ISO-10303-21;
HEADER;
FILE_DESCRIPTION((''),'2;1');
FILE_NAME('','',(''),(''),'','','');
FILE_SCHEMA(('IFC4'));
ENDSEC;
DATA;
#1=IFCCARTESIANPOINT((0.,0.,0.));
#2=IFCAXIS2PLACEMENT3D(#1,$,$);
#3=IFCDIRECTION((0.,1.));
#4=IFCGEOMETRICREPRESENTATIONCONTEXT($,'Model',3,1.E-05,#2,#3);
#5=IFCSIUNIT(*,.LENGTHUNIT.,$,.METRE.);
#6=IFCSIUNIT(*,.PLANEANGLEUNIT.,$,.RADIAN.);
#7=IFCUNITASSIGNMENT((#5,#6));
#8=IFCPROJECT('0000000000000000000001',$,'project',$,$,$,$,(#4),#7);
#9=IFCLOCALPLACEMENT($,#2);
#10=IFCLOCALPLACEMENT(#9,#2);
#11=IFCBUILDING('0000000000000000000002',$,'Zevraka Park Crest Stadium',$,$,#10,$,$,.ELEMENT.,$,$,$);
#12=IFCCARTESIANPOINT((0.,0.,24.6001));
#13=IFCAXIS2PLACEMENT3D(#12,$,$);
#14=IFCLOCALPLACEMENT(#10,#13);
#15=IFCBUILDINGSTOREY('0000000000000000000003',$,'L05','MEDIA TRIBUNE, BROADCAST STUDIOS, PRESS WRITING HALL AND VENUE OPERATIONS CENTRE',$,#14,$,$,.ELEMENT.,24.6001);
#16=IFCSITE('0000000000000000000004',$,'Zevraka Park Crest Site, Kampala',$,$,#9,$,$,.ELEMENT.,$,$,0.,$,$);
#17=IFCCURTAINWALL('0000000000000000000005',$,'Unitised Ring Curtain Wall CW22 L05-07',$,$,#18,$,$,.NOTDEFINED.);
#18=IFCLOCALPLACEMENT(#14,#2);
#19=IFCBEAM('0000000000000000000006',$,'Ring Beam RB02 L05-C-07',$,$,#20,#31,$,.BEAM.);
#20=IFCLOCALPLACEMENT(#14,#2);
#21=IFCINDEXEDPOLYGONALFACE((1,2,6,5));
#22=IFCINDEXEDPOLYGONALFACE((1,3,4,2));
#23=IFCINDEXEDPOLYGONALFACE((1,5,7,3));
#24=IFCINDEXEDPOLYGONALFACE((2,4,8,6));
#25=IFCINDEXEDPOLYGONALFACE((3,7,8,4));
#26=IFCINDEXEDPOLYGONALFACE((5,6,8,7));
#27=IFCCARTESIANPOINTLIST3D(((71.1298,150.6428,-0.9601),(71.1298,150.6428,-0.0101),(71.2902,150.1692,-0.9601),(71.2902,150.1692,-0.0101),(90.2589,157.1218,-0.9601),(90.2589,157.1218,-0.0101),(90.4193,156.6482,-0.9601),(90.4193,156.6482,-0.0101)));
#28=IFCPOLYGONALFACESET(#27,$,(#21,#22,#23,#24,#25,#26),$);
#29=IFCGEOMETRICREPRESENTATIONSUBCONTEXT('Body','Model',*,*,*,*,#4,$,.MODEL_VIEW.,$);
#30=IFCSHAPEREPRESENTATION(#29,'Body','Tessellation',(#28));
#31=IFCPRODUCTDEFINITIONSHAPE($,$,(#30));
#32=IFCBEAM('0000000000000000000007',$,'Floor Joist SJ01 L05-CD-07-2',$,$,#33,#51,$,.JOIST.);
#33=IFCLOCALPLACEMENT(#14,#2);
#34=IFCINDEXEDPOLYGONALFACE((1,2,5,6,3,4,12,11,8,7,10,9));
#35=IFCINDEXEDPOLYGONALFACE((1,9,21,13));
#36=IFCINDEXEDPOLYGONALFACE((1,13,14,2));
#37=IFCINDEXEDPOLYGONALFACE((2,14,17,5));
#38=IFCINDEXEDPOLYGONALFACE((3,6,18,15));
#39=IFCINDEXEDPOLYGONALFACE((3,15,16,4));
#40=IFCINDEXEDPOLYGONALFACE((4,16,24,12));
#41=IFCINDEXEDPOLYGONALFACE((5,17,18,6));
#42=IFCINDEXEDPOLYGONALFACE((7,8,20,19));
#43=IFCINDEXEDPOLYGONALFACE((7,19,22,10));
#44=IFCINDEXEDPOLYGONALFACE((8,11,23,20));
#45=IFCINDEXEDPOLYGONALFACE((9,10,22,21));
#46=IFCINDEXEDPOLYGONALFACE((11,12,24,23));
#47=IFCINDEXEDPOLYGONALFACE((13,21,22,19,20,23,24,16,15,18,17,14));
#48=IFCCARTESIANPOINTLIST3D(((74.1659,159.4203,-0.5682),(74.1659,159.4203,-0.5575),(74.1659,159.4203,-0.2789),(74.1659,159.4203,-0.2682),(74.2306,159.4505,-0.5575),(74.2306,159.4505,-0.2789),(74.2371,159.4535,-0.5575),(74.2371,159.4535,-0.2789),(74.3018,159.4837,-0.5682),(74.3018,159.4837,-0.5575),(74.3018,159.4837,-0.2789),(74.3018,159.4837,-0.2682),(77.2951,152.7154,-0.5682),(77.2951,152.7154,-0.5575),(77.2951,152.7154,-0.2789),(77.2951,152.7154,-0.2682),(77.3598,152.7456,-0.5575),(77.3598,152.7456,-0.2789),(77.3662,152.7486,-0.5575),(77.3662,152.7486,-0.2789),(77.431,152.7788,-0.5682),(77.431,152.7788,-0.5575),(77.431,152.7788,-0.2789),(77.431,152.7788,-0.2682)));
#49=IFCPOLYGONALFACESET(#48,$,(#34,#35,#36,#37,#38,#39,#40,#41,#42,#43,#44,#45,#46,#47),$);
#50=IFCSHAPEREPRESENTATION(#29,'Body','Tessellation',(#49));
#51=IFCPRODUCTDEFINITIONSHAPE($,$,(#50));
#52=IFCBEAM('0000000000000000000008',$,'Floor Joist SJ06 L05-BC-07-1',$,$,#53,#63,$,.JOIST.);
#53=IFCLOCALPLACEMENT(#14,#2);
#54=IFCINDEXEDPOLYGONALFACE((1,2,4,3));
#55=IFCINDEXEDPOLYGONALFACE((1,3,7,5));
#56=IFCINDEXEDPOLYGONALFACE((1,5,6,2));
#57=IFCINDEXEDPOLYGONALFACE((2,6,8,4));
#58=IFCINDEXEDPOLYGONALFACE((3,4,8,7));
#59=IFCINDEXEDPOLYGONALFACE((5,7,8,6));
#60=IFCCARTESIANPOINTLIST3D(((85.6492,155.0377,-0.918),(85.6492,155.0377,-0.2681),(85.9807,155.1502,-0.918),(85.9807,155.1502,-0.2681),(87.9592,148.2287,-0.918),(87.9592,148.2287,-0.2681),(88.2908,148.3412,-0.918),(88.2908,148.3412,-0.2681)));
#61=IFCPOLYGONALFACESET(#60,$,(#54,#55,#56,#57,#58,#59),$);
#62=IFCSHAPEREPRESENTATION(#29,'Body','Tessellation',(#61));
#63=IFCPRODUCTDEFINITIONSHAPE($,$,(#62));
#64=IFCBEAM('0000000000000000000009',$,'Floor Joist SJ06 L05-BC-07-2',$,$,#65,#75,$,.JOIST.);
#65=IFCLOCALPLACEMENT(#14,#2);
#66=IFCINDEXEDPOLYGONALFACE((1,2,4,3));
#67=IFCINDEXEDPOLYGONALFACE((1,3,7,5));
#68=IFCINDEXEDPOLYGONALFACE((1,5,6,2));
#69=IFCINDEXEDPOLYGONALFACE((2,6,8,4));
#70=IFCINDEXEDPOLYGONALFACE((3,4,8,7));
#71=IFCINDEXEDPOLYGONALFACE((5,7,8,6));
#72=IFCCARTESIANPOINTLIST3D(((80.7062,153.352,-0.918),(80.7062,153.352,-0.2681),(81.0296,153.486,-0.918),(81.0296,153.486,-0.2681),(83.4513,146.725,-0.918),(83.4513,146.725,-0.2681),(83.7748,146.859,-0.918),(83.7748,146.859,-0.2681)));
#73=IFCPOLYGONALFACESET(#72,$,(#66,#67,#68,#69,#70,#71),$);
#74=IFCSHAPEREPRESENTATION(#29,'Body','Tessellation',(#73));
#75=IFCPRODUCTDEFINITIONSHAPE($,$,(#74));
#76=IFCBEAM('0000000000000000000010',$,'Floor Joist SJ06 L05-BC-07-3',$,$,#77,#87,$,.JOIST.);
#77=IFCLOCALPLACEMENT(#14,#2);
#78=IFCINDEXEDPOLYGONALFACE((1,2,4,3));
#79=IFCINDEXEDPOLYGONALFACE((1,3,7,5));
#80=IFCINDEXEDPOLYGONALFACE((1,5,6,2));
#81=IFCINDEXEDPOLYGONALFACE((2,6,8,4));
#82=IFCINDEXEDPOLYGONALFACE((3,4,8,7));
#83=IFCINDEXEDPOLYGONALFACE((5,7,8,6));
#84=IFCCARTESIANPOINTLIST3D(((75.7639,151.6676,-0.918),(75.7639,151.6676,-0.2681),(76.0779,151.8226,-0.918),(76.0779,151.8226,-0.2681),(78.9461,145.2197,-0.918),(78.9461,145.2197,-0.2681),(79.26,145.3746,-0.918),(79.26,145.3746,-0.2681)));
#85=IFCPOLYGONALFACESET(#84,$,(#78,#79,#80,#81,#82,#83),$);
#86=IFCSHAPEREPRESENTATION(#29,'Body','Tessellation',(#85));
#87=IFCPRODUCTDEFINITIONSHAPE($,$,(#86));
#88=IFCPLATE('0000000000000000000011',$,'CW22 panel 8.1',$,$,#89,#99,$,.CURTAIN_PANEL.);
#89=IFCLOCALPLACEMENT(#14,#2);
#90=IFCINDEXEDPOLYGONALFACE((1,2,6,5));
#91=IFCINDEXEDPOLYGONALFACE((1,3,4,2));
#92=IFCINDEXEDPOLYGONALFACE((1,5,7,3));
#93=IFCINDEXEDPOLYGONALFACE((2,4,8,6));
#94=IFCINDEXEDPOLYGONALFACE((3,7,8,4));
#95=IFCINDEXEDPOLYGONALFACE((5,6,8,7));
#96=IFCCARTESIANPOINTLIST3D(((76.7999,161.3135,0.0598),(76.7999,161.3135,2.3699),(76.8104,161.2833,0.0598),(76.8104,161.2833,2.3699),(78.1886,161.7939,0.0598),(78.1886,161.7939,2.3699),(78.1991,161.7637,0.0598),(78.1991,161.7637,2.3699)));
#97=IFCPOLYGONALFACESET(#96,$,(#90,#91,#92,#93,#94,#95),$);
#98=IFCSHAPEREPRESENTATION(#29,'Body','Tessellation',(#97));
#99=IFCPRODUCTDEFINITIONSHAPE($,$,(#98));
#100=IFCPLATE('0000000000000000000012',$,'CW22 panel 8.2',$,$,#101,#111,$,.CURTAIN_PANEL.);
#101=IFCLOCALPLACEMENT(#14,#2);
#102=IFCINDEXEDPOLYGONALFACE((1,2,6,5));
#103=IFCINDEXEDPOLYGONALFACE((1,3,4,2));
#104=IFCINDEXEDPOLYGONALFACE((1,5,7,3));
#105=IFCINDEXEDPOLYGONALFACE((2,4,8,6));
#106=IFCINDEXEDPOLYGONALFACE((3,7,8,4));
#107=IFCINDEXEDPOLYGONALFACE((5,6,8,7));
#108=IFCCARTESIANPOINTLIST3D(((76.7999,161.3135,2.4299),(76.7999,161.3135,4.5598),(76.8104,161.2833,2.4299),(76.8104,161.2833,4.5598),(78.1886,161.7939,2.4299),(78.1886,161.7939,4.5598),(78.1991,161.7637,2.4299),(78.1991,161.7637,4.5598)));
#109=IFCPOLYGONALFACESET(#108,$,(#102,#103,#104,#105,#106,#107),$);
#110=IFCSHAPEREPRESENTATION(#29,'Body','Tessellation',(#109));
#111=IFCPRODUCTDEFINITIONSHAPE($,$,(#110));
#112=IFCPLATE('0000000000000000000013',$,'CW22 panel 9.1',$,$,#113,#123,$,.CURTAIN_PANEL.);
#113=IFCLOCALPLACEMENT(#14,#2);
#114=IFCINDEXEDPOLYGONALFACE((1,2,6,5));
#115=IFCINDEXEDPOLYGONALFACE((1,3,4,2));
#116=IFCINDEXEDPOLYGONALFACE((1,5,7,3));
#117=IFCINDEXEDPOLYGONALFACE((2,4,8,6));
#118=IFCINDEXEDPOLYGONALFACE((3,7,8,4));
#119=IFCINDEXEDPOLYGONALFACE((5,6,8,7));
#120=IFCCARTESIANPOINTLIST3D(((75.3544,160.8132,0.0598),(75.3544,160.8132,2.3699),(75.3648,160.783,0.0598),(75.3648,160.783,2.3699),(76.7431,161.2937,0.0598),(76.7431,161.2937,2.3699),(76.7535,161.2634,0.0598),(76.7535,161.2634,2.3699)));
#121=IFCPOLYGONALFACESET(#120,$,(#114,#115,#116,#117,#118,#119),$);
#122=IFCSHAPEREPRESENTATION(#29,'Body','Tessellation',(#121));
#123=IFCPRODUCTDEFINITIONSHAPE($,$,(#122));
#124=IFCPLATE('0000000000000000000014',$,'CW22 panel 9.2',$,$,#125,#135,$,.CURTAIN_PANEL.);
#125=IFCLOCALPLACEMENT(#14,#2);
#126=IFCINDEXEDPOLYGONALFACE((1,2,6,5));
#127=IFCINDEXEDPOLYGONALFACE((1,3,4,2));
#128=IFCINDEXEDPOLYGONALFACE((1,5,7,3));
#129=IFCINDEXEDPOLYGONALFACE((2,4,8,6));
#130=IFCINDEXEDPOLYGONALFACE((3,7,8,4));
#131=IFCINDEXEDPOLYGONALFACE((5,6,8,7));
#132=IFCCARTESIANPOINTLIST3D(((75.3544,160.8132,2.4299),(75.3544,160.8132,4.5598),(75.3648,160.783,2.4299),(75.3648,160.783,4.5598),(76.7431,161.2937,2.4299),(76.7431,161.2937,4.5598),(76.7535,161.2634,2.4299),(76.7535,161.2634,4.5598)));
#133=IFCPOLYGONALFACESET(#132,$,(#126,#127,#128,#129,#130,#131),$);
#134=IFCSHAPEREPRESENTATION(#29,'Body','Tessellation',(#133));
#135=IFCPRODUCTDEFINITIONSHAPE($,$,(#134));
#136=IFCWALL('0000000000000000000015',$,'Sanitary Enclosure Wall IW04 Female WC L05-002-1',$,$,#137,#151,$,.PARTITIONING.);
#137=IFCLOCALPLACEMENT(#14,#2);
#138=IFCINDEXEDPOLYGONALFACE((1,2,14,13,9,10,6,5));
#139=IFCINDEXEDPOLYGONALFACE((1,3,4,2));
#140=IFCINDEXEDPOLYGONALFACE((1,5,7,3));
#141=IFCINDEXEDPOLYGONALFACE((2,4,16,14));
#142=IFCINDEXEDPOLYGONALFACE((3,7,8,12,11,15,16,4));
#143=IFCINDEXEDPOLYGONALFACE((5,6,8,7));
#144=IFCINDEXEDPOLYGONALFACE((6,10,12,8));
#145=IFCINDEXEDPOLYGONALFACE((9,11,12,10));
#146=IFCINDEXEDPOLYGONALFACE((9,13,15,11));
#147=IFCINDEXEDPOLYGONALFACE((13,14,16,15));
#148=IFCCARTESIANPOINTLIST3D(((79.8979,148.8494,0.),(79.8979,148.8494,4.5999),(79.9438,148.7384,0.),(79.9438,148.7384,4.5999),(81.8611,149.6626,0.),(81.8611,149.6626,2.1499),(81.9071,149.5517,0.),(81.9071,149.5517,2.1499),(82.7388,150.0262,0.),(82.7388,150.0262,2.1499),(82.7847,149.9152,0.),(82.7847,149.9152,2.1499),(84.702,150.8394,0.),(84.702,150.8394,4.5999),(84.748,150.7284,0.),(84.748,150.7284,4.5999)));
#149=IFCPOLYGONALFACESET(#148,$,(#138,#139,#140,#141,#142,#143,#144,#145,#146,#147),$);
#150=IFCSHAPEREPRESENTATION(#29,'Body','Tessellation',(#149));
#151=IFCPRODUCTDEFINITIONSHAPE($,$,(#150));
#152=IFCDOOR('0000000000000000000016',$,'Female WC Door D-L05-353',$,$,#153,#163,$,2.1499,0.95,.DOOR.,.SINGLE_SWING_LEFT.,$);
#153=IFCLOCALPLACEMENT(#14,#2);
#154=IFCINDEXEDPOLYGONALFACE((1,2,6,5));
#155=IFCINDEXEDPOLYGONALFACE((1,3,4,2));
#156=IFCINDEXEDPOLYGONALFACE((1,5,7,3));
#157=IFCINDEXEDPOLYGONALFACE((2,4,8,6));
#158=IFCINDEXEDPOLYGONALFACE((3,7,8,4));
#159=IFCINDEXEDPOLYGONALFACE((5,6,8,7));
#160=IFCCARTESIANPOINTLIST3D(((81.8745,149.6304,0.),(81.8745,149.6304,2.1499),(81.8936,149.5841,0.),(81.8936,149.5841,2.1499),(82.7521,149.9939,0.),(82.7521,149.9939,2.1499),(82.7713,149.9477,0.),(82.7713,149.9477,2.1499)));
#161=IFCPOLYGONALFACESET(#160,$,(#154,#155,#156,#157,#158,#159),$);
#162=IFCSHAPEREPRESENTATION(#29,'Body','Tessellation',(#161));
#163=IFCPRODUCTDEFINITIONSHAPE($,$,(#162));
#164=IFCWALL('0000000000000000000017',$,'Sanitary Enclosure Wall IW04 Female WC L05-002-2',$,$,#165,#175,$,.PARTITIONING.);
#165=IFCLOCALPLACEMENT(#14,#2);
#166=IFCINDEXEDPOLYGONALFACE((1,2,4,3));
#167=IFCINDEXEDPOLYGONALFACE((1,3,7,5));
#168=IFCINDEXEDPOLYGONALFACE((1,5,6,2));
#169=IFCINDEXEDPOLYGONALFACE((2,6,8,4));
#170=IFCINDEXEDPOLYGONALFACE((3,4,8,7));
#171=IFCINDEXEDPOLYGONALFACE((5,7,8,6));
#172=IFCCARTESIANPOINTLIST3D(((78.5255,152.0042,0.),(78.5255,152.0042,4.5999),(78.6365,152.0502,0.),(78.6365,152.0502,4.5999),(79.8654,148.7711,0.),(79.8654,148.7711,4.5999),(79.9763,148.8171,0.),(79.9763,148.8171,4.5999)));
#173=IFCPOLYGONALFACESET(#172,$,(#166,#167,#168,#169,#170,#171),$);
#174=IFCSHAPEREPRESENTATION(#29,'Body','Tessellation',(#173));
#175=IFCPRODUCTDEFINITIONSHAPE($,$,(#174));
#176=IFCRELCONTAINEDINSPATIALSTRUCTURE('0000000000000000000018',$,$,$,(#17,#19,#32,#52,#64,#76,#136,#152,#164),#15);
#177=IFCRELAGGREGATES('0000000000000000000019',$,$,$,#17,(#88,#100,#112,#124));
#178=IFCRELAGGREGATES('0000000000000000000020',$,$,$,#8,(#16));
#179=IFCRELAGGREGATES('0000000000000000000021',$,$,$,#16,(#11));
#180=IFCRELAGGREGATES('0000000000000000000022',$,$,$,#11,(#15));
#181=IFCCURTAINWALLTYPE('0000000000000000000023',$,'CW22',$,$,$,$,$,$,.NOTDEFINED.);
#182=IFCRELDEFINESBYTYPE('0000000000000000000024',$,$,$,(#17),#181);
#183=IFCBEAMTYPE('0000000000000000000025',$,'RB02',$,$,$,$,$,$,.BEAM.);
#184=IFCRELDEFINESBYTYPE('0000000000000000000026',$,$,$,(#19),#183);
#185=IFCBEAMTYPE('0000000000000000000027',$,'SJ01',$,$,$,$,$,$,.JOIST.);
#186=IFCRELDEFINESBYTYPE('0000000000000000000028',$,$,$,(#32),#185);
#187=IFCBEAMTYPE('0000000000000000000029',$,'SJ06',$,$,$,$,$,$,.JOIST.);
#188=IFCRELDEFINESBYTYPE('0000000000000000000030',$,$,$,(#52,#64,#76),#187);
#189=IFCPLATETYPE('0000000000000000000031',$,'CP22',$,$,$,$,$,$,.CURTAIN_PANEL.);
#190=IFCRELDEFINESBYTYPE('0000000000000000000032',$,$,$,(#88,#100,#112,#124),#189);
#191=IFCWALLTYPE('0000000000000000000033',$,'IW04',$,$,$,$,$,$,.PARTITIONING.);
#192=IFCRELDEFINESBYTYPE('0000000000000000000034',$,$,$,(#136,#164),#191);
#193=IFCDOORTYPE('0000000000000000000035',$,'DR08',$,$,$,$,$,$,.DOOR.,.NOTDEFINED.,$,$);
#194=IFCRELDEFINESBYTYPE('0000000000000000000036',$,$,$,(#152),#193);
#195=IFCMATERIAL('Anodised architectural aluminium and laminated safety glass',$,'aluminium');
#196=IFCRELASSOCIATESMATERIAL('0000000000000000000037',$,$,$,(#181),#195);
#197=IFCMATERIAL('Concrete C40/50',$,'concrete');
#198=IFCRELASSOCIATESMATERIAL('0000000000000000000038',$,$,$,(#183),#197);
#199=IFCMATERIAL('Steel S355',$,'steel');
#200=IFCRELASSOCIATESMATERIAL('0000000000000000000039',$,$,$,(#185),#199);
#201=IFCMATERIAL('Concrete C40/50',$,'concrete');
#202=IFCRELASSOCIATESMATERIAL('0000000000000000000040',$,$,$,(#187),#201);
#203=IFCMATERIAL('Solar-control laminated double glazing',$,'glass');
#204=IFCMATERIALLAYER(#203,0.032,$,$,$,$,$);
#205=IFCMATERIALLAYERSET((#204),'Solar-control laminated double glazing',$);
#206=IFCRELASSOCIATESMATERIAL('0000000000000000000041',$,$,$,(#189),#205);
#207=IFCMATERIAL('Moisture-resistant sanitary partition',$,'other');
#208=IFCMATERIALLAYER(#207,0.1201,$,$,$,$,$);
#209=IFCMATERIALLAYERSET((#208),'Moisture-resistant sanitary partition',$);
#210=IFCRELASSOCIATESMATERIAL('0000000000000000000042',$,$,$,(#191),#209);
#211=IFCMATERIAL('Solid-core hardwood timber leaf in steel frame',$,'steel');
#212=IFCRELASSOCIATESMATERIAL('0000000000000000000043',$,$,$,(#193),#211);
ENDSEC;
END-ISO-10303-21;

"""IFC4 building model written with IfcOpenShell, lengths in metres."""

from ifc_helpers import new_model, si_unit, direction, frame, frame_2d, origin, origin_2d, place, context, subcontext, project, spatial, rectangle, i_section, extrude, material, layer, layer_set, material_profile, profile_set, type_object, element, fill, aggregate, save


model = new_model("IFC4")

# Units and contexts
model_context = context("Model", 3, precision=1e-05, world=origin(), true_north=direction((0.0, 1.0)))
body_context = subcontext(model_context, "Body", "Model", "MODEL_VIEW")
ifc_project = project(units=[si_unit("LENGTHUNIT", "METRE"), si_unit("PLANEANGLEUNIT", "RADIAN")], contexts=[model_context])

# Site, building, storey
site_placement = place(None, origin())
site = spatial("IfcSite", under=ifc_project, at=site_placement, Name="Zevraka Park Crest Site, Kampala", CompositionType="ELEMENT", RefElevation=0.0)
building_placement = place(site_placement, origin())
building = spatial("IfcBuilding", under=site, at=building_placement, Name="Zevraka Park Crest Stadium", CompositionType="ELEMENT")
storey_placement = place(building_placement, frame((0.0, 0.0, 24.6001)))
storey = spatial("IfcBuildingStorey", under=building, at=storey_placement, Name="L05", Description="MEDIA TRIBUNE, BROADCAST STUDIOS, PRESS WRITING HALL AND VENUE OPERATIONS CENTRE", CompositionType="ELEMENT", Elevation=24.6001)

# Curtain wall
ifc_material_1 = material(Name="Anodised architectural aluminium and laminated safety glass", Category="aluminium")
curtain_wall_type = type_object("IfcCurtainWallType", Name="CW22", PredefinedType="NOTDEFINED", material=ifc_material_1)
curtain_wall_placement = place(storey_placement, origin())
curtain_wall = element("IfcCurtainWall", 1, at=curtain_wall_placement, inside=storey, type_object=curtain_wall_type, Name="Unitised Ring Curtain Wall CW22 L05-07", PredefinedType="NOTDEFINED")

# Beams
ifc_material_2 = material(Name="Concrete C40/50", Category="concrete")
ifc_material_profile_1 = material_profile(ifc_material_2, rectangle(XDim=0.5, YDim=0.95, at=origin_2d()), Name="RC 950x500")
ifc_profile_set_1 = profile_set([ifc_material_profile_1], Name="Concrete C40/50")
beam_type_1 = type_object("IfcBeamType", Name="RB02", PredefinedType="BEAM", material=ifc_profile_set_1)
beam_1_placement = place(storey_placement, frame((90.3391, 156.885, -0.4851), z_axis=(-0.947148, -0.320797, 0.0), x_axis=(0.320797, -0.947148, 0.0)))
element("IfcBeam", 2, at=beam_1_placement, inside=storey, type_object=beam_type_1, Name="Ring Beam RB02 L05-C-07", PredefinedType="BEAM", context=body_context, shape_type="SweptSolid", body=[
    extrude(rectangle(XDim=0.5, YDim=0.95, at=origin_2d()), origin(), (0.0, 0.0, 1.0), 20.1965),
])
ifc_material_3 = material(Name="Steel S355", Category="steel")
ifc_material_profile_2 = material_profile(ifc_material_3, i_section(OverallWidth=0.1499, OverallDepth=0.3, WebThickness=0.0071, FlangeThickness=0.0107, at=origin_2d()), Name="IPE 300")
ifc_profile_set_2 = profile_set([ifc_material_profile_2], Name="Steel S355")
beam_type_2 = type_object("IfcBeamType", Name="SJ01", PredefinedType="JOIST", material=ifc_profile_set_2)
beam_2_placement = place(storey_placement, frame((77.363, 152.7471, -0.4182), z_axis=(-0.422911, 0.906171, 0.0), x_axis=(-0.906171, -0.422911, 0.0)))
element("IfcBeam", 3, at=beam_2_placement, inside=storey, type_object=beam_type_2, Name="Floor Joist SJ01 L05-CD-07-2", PredefinedType="JOIST", context=body_context, shape_type="SweptSolid", body=[
    extrude(i_section(OverallWidth=0.1499, OverallDepth=0.3, WebThickness=0.0071, FlangeThickness=0.0107, at=origin_2d()), origin(), (0.0, 0.0, 1.0), 7.3992),
])
ifc_material_4 = material(Name="Concrete C40/50", Category="concrete")
ifc_material_profile_3 = material_profile(ifc_material_4, rectangle(XDim=0.3501, YDim=0.6499, at=origin_2d()), Name="RC 650x350")
ifc_profile_set_3 = profile_set([ifc_material_profile_3], Name="Concrete C40/50")
beam_type_3 = type_object("IfcBeamType", Name="SJ06", PredefinedType="JOIST", material=ifc_profile_set_3)
beam_3_placement = place(storey_placement, frame((88.125, 148.2849, -0.593), z_axis=(-0.321276, 0.946986, 0.0), x_axis=(-0.946986, -0.321276, 0.0)))
element("IfcBeam", 4, at=beam_3_placement, inside=storey, type_object=beam_type_3, Name="Floor Joist SJ06 L05-BC-07-1", PredefinedType="JOIST", context=body_context, shape_type="SweptSolid", body=[
    extrude(rectangle(XDim=0.3501, YDim=0.6499, at=origin_2d()), origin(), (0.0, 0.0, 1.0), 7.1902),
])
beam_4_placement = place(storey_placement, frame((83.613, 146.792, -0.593), z_axis=(-0.3827, 0.923872, 0.0), x_axis=(-0.923872, -0.3827, 0.0)))
element("IfcBeam", 5, at=beam_4_placement, inside=storey, type_object=beam_type_3, Name="Floor Joist SJ06 L05-BC-07-2", PredefinedType="JOIST", context=body_context, shape_type="SweptSolid", body=[
    extrude(rectangle(XDim=0.3501, YDim=0.6499, at=origin_2d()), origin(), (0.0, 0.0, 1.0), 7.1731),
])
beam_5_placement = place(storey_placement, frame((79.103, 145.2971, -0.593), z_axis=(-0.442549, 0.896744, 0.0), x_axis=(-0.896744, -0.442549, 0.0)))
element("IfcBeam", 6, at=beam_5_placement, inside=storey, type_object=beam_type_3, Name="Floor Joist SJ06 L05-BC-07-3", PredefinedType="JOIST", context=body_context, shape_type="SweptSolid", body=[
    extrude(rectangle(XDim=0.3501, YDim=0.6499, at=origin_2d()), origin(), (0.0, 0.0, 1.0), 7.1904),
])

# Plates
ifc_material_5 = material(Name="Solar-control laminated double glazing", Category="glass")
ifc_layer_1 = layer(ifc_material_5, 0.032)
ifc_layer_set_1 = layer_set([ifc_layer_1], Name="Solar-control laminated double glazing")
plate_type = type_object("IfcPlateType", Name="CP22", PredefinedType="CURTAIN_PANEL", material=ifc_layer_set_1)
plate_1_placement = place(storey_placement, frame((77.4995, 161.5386, 0.0598), z_axis=(0.0, 0.0, 1.0), x_axis=(-0.945049, -0.326929, 0.0)))
plate_1 = element("IfcPlate", 7, at=plate_1_placement, type_object=plate_type, Name="CW22 panel 8.1", PredefinedType="CURTAIN_PANEL", context=body_context, shape_type="SweptSolid", body=[
    extrude(rectangle(XDim=1.4695, YDim=0.032, at=origin_2d()), origin(), (0.0, 0.0, 1.0), 2.3101),
])
plate_2_placement = place(storey_placement, frame((77.4995, 161.5386, 2.4299), z_axis=(0.0, 0.0, 1.0), x_axis=(-0.945049, -0.326929, 0.0)))
plate_2 = element("IfcPlate", 8, at=plate_2_placement, type_object=plate_type, Name="CW22 panel 8.2", PredefinedType="CURTAIN_PANEL", context=body_context, shape_type="SweptSolid", body=[
    extrude(rectangle(XDim=1.4695, YDim=0.032, at=origin_2d()), origin(), (0.0, 0.0, 1.0), 2.1299),
])
plate_3_placement = place(storey_placement, frame((76.054, 161.0383, 0.0598), z_axis=(0.0, 0.0, 1.0), x_axis=(-0.945049, -0.326929, 0.0)))
plate_3 = element("IfcPlate", 9, at=plate_3_placement, type_object=plate_type, Name="CW22 panel 9.1", PredefinedType="CURTAIN_PANEL", context=body_context, shape_type="SweptSolid", body=[
    extrude(rectangle(XDim=1.4695, YDim=0.032, at=origin_2d()), origin(), (0.0, 0.0, 1.0), 2.3101),
])
plate_4_placement = place(storey_placement, frame((76.054, 161.0383, 2.4299), z_axis=(0.0, 0.0, 1.0), x_axis=(-0.945049, -0.326929, 0.0)))
plate_4 = element("IfcPlate", 10, at=plate_4_placement, type_object=plate_type, Name="CW22 panel 9.2", PredefinedType="CURTAIN_PANEL", context=body_context, shape_type="SweptSolid", body=[
    extrude(rectangle(XDim=1.4695, YDim=0.032, at=origin_2d()), origin(), (0.0, 0.0, 1.0), 2.1299),
])
aggregate(curtain_wall, [plate_1, plate_2, plate_3, plate_4])

# Wall, opening, door
ifc_material_6 = material(Name="Moisture-resistant sanitary partition", Category="other")
ifc_layer_2 = layer(ifc_material_6, 0.1201)
ifc_layer_set_2 = layer_set([ifc_layer_2], Name="Moisture-resistant sanitary partition")
wall_type_1 = type_object("IfcWallType", Name="IW04", PredefinedType="PARTITIONING", material=ifc_layer_set_2)
wall_1_placement = place(storey_placement, frame((84.7251, 150.7839, 0.0), z_axis=(0.0, 0.0, 1.0), x_axis=(-0.923878, -0.382688, 0.0)))
wall_1 = element("IfcWall", 11, at=wall_1_placement, inside=storey, type_object=wall_type_1, Name="Sanitary Enclosure Wall IW04 Female WC L05-002-1", PredefinedType="PARTITIONING", context=body_context, shape_type="SweptSolid", body=[
    extrude(rectangle(XDim=5.2, YDim=0.1201, at=frame_2d((2.6001, 0.0))), origin(), (0.0, 0.0, 1.0), 4.5999),
])
opening_1_placement = place(wall_1_placement, frame((2.125, 0.0, 0.0)))
opening_1 = element("IfcOpeningElement", 12, at=opening_1_placement, cuts=wall_1, PredefinedType="OPENING", context=body_context, shape_type="SweptSolid", body=[
    extrude(rectangle(XDim=0.95, YDim=2.1499, at=frame_2d((0.4751, 1.075))), frame((0.0, 0.0701, 0.0), z_axis=(0.0, -1.0, 0.0), x_axis=(1.0, 0.0, 0.0)), (0.0, 0.0, 1.0), 0.1401),
])
ifc_material_7 = material(Name="Solid-core hardwood timber leaf in steel frame", Category="steel")
door_type_1 = type_object("IfcDoorType", Name="DR08", OperationType="NOTDEFINED", PredefinedType="DOOR", material=ifc_material_7)
door_1_placement = place(opening_1_placement, origin())
door_1 = element("IfcDoor", 13, at=door_1_placement, inside=storey, type_object=door_type_1, Name="Female WC Door D-L05-353", OperationType="SINGLE_SWING_LEFT", OverallHeight=2.1499, OverallWidth=0.95, PredefinedType="DOOR", context=body_context, shape_type="SweptSolid", body=[
    extrude(rectangle(XDim=0.95, YDim=2.1499, at=frame_2d((0.4751, 1.075))), frame((0.0, 0.0249, 0.0), z_axis=(0.0, -1.0, 0.0), x_axis=(1.0, 0.0, 0.0)), (0.0, 0.0, 1.0), 0.05),
])
fill(opening_1, door_1)

# Wall
wall_2_placement = place(storey_placement, frame((79.9209, 148.7939, 0.0), z_axis=(0.0, 0.0, 1.0), x_axis=(-0.382836, 0.923816, 0.0)))
element("IfcWall", 14, at=wall_2_placement, inside=storey, type_object=wall_type_1, Name="Sanitary Enclosure Wall IW04 Female WC L05-002-2", PredefinedType="PARTITIONING", context=body_context, shape_type="SweptSolid", body=[
    extrude(rectangle(XDim=3.4998, YDim=0.1201, at=frame_2d((1.75, 0.0))), origin(), (0.0, 0.0, 1.0), 4.5999),
])

save(model, "model.ifc")
